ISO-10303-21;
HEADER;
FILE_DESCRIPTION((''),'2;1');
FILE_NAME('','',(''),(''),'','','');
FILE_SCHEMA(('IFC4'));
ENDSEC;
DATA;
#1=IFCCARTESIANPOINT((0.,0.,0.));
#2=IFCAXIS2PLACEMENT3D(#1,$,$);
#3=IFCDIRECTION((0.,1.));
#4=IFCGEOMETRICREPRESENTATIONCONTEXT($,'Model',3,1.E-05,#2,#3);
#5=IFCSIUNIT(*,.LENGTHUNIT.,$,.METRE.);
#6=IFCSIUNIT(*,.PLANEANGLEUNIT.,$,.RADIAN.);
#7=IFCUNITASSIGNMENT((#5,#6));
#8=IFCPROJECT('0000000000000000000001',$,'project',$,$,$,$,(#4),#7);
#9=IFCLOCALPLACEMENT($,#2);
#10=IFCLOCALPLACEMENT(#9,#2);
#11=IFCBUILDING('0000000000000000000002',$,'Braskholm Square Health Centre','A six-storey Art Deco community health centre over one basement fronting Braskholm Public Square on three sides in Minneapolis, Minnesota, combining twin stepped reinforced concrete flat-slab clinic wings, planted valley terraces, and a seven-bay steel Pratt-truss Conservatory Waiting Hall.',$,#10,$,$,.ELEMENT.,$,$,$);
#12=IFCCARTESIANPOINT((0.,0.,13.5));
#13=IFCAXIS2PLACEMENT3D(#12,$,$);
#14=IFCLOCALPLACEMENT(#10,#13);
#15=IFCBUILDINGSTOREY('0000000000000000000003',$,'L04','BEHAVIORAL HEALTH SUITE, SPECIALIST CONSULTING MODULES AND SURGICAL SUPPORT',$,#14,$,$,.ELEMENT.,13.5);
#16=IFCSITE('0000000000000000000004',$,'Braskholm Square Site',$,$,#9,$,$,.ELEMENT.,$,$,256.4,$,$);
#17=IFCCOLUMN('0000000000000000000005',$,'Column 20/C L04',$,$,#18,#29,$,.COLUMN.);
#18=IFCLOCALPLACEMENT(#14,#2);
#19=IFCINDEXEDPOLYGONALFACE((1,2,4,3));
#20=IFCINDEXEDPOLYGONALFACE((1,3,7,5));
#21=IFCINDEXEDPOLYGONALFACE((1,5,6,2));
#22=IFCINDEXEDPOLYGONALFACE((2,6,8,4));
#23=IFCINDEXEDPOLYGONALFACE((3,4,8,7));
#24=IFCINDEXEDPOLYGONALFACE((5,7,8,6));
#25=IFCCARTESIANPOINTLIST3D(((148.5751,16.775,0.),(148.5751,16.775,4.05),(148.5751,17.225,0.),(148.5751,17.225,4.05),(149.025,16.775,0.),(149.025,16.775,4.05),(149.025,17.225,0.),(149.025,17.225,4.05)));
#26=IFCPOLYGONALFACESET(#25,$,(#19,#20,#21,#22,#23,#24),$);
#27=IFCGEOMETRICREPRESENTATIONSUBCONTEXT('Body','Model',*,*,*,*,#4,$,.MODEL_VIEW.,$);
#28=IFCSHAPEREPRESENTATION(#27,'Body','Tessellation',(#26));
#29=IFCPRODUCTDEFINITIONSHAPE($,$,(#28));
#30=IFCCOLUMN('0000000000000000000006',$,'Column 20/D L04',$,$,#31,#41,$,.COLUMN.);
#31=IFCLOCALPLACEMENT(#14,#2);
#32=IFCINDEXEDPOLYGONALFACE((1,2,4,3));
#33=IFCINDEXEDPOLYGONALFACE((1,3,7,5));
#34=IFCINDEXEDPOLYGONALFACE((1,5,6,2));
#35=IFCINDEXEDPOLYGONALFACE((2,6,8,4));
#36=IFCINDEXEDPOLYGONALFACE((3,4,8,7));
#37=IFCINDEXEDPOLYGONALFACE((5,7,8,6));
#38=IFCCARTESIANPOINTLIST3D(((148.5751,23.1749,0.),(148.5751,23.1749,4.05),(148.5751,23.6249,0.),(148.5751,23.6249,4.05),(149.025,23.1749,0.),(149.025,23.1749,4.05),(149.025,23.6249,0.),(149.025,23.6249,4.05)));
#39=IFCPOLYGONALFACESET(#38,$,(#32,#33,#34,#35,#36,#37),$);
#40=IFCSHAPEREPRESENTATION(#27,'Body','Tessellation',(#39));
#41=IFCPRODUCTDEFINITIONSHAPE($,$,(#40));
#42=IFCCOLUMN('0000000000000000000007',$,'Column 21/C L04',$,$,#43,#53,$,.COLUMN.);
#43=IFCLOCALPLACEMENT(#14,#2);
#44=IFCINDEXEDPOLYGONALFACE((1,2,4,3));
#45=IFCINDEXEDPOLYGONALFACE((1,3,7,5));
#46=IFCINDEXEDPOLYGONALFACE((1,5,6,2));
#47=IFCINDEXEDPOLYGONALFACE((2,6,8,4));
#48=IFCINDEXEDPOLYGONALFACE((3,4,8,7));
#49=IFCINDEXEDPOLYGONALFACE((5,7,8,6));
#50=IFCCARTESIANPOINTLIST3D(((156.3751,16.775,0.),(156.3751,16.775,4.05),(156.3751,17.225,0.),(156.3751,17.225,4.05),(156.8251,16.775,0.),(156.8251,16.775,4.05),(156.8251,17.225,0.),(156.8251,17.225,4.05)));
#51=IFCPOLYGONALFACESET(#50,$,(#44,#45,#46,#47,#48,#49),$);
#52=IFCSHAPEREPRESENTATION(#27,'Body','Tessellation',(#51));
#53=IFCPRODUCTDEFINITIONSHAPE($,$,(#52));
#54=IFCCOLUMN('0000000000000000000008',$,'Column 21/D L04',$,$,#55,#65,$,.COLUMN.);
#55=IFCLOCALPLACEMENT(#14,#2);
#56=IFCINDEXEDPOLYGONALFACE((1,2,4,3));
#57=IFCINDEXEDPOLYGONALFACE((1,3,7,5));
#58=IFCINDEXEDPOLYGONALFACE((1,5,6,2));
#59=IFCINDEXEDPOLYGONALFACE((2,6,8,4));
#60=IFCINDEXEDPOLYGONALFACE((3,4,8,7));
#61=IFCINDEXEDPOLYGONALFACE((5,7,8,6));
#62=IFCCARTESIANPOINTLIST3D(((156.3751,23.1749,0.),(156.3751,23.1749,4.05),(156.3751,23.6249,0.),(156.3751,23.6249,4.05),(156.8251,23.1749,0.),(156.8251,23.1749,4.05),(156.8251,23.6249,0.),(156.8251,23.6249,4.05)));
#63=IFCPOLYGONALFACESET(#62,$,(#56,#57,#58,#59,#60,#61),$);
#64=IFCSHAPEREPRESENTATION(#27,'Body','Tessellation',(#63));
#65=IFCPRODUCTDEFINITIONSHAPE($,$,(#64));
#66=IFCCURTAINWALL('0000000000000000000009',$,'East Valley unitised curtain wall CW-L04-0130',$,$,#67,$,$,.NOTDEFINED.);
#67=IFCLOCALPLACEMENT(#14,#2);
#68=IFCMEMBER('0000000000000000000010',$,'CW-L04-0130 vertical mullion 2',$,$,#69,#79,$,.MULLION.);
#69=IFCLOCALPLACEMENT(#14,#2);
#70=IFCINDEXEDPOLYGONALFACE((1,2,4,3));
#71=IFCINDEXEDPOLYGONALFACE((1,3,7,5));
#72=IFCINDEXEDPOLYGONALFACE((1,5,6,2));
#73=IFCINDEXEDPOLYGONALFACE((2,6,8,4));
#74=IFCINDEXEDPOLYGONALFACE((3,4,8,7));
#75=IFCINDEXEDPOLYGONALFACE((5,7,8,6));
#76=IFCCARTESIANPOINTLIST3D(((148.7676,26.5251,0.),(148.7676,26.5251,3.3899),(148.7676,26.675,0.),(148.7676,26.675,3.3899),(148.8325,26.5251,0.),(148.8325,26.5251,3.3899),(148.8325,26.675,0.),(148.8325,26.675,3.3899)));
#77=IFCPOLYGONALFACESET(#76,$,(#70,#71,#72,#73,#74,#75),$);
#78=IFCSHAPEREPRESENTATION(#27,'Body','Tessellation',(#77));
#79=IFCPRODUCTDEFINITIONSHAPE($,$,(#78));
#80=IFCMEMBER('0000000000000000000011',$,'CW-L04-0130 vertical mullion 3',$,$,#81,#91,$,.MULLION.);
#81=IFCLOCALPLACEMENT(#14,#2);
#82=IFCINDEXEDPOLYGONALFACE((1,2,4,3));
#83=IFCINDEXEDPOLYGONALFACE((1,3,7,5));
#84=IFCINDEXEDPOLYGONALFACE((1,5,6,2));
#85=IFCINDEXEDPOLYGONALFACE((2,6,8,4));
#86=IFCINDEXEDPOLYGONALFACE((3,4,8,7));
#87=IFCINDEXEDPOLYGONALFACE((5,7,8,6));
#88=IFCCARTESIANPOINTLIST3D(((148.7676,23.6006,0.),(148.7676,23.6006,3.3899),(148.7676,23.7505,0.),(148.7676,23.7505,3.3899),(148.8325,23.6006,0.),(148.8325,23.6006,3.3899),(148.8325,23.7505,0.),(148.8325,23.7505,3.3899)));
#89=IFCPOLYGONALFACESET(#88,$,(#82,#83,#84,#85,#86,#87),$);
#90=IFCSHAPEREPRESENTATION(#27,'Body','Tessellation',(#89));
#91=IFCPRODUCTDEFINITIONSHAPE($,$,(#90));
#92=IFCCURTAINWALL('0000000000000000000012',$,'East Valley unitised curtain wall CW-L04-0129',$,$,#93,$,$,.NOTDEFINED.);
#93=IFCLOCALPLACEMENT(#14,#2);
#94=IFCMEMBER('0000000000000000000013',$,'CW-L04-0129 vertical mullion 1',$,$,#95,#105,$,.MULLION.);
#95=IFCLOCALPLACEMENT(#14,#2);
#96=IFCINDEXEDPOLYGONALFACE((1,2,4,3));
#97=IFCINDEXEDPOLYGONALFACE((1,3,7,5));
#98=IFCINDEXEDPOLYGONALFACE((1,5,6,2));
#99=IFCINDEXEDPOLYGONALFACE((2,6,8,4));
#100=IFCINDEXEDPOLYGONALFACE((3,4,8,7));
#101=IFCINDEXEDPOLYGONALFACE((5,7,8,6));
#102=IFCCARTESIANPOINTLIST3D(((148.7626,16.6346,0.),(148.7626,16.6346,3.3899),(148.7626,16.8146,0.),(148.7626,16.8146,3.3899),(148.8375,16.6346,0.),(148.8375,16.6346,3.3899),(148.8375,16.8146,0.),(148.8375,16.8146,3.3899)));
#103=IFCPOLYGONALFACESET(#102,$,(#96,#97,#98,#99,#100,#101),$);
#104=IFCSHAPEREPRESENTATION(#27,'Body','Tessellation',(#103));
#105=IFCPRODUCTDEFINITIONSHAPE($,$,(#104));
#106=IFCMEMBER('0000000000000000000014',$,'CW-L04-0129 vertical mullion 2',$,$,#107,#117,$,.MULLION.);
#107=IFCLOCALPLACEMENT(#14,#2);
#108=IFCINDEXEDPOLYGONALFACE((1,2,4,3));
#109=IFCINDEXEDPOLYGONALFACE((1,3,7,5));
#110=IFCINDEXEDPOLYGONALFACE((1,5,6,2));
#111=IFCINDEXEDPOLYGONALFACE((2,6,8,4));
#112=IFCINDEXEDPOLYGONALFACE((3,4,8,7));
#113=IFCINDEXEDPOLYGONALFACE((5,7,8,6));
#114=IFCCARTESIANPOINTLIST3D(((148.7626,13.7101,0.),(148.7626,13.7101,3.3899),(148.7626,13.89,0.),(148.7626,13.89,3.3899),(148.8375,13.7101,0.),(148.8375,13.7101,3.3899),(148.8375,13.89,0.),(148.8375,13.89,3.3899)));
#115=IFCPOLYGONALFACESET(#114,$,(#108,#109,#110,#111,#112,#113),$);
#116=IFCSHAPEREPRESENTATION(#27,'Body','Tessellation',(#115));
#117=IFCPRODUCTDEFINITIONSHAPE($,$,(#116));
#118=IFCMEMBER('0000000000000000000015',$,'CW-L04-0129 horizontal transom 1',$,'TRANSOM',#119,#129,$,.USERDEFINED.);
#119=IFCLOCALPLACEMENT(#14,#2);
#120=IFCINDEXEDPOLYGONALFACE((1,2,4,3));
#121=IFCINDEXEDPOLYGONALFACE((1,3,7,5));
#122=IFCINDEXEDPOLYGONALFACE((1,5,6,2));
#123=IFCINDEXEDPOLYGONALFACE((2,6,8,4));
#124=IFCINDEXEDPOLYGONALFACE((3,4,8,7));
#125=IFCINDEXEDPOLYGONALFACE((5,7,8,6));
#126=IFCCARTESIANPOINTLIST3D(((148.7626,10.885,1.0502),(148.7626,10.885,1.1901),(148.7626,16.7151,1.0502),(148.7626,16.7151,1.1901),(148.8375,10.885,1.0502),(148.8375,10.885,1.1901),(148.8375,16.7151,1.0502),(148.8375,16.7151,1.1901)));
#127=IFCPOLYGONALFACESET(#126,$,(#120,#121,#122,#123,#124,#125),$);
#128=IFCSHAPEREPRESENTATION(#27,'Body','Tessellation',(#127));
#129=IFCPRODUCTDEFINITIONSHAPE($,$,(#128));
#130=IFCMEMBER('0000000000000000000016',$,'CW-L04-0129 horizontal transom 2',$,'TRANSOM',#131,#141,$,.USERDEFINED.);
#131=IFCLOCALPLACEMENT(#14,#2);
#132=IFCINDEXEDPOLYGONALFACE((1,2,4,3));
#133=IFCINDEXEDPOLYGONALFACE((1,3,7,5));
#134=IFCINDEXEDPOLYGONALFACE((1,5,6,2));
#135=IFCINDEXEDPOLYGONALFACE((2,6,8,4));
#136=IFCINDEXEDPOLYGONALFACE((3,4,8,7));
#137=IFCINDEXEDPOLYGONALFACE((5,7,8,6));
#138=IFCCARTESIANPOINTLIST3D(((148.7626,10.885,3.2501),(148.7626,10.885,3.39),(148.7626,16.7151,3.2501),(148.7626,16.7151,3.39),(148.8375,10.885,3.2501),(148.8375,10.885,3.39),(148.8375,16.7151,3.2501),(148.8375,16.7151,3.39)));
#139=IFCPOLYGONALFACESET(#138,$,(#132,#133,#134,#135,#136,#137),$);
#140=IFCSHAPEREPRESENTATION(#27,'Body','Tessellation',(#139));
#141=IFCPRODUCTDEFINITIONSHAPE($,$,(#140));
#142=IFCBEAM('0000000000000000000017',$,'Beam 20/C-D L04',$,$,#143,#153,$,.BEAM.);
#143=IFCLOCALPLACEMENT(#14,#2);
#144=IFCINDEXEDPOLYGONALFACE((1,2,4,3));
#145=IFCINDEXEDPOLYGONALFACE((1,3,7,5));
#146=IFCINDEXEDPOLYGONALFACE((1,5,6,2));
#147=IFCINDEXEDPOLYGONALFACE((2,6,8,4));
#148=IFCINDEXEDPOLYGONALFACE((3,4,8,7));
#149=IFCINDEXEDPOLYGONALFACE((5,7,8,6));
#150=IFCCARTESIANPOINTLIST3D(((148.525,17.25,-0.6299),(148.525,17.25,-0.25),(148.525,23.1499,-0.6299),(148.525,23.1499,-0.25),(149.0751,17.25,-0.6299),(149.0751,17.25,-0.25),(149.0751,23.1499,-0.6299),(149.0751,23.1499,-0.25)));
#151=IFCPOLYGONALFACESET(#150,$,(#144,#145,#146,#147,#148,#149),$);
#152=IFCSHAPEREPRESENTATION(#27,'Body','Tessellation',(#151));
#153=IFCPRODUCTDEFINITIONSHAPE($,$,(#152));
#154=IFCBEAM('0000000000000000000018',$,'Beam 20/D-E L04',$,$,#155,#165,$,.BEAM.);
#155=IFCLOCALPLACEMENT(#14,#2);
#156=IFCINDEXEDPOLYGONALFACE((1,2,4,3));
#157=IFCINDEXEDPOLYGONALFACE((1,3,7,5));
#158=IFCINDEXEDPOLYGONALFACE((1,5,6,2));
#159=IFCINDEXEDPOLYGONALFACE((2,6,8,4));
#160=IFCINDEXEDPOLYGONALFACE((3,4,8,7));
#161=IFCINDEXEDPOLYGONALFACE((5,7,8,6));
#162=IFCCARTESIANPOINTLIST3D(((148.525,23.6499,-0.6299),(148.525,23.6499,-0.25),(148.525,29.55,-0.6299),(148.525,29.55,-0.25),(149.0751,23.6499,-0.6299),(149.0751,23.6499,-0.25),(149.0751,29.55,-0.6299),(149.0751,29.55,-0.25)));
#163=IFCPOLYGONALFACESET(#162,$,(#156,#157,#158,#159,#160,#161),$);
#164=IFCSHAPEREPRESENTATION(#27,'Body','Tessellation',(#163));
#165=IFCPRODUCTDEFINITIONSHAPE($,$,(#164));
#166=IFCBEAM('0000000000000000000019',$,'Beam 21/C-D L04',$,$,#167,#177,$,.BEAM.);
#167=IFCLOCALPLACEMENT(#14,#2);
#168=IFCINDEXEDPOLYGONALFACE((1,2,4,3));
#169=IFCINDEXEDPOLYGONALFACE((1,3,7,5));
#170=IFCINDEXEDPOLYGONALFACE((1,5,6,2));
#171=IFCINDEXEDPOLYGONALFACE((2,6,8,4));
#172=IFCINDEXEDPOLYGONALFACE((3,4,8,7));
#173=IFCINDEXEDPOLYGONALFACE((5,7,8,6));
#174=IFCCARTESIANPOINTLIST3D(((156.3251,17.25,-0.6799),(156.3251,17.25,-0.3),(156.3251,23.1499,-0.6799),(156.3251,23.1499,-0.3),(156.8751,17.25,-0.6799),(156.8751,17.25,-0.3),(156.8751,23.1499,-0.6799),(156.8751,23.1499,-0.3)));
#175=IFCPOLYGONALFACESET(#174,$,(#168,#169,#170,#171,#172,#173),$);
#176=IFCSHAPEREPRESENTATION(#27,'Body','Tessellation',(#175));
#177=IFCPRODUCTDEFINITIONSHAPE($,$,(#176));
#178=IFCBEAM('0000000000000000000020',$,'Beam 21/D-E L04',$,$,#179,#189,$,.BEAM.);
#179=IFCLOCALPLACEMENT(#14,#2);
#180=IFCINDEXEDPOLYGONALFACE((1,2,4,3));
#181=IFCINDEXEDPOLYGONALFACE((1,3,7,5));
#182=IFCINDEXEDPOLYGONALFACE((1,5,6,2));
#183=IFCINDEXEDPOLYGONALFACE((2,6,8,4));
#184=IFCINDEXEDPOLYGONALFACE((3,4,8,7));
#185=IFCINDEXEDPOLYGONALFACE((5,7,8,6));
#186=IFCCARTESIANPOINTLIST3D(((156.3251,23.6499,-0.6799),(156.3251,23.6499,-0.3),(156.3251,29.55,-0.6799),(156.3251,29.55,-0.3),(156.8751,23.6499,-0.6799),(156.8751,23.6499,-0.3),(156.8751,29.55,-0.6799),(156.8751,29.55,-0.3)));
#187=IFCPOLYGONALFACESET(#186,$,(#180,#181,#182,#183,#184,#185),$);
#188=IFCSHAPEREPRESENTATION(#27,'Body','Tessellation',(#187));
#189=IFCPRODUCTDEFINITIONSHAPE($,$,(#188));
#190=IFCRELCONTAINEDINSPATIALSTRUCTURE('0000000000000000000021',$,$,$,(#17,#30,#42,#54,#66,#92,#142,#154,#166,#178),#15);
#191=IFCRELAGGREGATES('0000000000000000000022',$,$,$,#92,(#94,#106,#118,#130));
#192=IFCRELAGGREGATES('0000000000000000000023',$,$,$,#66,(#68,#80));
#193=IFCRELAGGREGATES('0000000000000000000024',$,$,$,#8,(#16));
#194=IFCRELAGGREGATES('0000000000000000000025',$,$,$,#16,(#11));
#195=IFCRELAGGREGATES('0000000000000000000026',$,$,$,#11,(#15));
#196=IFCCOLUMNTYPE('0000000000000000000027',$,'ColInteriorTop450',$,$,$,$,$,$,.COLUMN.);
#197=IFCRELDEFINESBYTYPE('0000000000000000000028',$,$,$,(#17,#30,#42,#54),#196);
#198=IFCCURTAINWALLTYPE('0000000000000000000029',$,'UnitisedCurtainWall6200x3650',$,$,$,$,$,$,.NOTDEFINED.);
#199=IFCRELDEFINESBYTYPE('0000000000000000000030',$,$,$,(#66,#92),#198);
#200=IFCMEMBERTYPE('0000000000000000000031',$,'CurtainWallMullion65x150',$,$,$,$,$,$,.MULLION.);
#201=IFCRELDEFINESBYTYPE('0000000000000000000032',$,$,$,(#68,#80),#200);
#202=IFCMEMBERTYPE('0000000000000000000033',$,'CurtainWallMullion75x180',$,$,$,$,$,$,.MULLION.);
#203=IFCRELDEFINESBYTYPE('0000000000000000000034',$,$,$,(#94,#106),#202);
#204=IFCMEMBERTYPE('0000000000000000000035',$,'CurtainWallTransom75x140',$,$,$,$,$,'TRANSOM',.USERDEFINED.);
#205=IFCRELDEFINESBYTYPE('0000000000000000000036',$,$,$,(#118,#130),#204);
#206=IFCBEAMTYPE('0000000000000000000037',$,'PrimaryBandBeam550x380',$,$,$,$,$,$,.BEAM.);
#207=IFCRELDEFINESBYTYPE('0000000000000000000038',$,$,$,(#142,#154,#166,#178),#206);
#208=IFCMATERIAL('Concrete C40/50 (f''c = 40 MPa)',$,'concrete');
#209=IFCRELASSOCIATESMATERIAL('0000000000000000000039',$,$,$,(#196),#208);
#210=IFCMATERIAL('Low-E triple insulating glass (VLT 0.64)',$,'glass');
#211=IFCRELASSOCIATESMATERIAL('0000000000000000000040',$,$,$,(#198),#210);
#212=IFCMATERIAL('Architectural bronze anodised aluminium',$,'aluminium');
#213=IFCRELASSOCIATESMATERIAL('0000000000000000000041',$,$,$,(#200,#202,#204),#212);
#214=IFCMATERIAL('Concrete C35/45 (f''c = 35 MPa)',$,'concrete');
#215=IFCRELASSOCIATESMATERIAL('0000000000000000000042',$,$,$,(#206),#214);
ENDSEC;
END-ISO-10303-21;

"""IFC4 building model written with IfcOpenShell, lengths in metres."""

from ifc_helpers import new_model, si_unit, direction, frame, origin, origin_2d, place, context, subcontext, project, spatial, rectangle, extrude, material, material_profile, profile_set, type_object, element, aggregate, save


model = new_model("IFC4")

# Units and contexts
model_context = context("Model", 3, precision=1e-05, world=origin(), true_north=direction((0.0, 1.0)))
body_context = subcontext(model_context, "Body", "Model", "MODEL_VIEW")
ifc_project = project(units=[si_unit("LENGTHUNIT", "METRE"), si_unit("PLANEANGLEUNIT", "RADIAN")], contexts=[model_context])

# Site, building, storey
site_placement = place(None, origin())
site = spatial("IfcSite", under=ifc_project, at=site_placement, Name="Braskholm Square Site", CompositionType="ELEMENT", RefElevation=256.4)
building_placement = place(site_placement, origin())
building = spatial("IfcBuilding", under=site, at=building_placement, Name="Braskholm Square Health Centre", Description="A six-storey Art Deco community health centre over one basement fronting Braskholm Public Square on three sides in Minneapolis, Minnesota, combining twin stepped reinforced concrete flat-slab clinic wings, planted valley terraces, and a seven-bay steel Pratt-truss Conservatory Waiting Hall.", CompositionType="ELEMENT")
storey_placement = place(building_placement, frame((0.0, 0.0, 13.5)))
storey = spatial("IfcBuildingStorey", under=building, at=storey_placement, Name="L04", Description="BEHAVIORAL HEALTH SUITE, SPECIALIST CONSULTING MODULES AND SURGICAL SUPPORT", CompositionType="ELEMENT", Elevation=13.5)

# Columns
ifc_material_1 = material(Name="Concrete C40/50 (f'c = 40 MPa)", Category="concrete")
ifc_material_profile_1 = material_profile(ifc_material_1, rectangle(XDim=0.45, YDim=0.45, at=origin_2d()), Name="RC-450X450")
ifc_profile_set_1 = profile_set([ifc_material_profile_1], Name="Concrete C40/50 (f'c = 40 MPa)")
column_type = type_object("IfcColumnType", Name="ColInteriorTop450", PredefinedType="COLUMN", material=ifc_profile_set_1)
for number, where, z_axis, x_axis, name in (
    (1, (148.8, 17.0, 0.0), (0.0, 0.0, 1.0), (1.0, 0.0, 0.0), "Column 20/C L04"),
    (2, (148.8, 23.3999, 0.0), (0.0, 0.0, 1.0), (1.0, 0.0, 0.0), "Column 20/D L04"),
    (3, (156.6001, 17.0, 0.0), (0.0, 0.0, 1.0), (1.0, 0.0, 0.0), "Column 21/C L04"),
    (4, (156.6001, 23.3999, 0.0), (0.0, 0.0, 1.0), (1.0, 0.0, 0.0), "Column 21/D L04"),
):
    element("IfcColumn", number, at=place(storey_placement, frame(where, z_axis=z_axis, x_axis=x_axis)), inside=storey, type_object=column_type, Name=name, PredefinedType="COLUMN", context=body_context, shape_type="SweptSolid", body=[
        extrude(rectangle(XDim=0.45, YDim=0.45, at=origin_2d()), origin(), (0.0, 0.0, 1.0), 4.05),
    ])

# Curtain walls, members
ifc_material_2 = material(Name="Low-E triple insulating glass (VLT 0.64)", Category="glass")
curtain_wall_type = type_object("IfcCurtainWallType", Name="UnitisedCurtainWall6200x3650", PredefinedType="NOTDEFINED", material=ifc_material_2)
curtain_wall_1_placement = place(storey_placement, origin())
curtain_wall_1 = element("IfcCurtainWall", 5, at=curtain_wall_1_placement, inside=storey, type_object=curtain_wall_type, Name="East Valley unitised curtain wall CW-L04-0130", PredefinedType="NOTDEFINED")
ifc_material_3 = material(Name="Architectural bronze anodised aluminium", Category="aluminium")
ifc_material_profile_2 = material_profile(ifc_material_3, rectangle(XDim=0.0649, YDim=0.1499, at=origin_2d()), Name="ALU-65X150")
ifc_profile_set_2 = profile_set([ifc_material_profile_2], Name="Architectural bronze anodised aluminium")
member_type_1 = type_object("IfcMemberType", Name="CurtainWallMullion65x150", PredefinedType="MULLION", material=ifc_profile_set_2)
member_1_placement = place(storey_placement, frame((148.8, 26.6001, 0.0), z_axis=(0.0, 0.0, 1.0), x_axis=(1.0, 0.0, 0.0)))
member_1 = element("IfcMember", 6, at=member_1_placement, type_object=member_type_1, Name="CW-L04-0130 vertical mullion 2", PredefinedType="MULLION", context=body_context, shape_type="SweptSolid", body=[
    extrude(rectangle(XDim=0.0649, YDim=0.1499, at=origin_2d()), origin(), (0.0, 0.0, 1.0), 3.3899),
])
member_2_placement = place(storey_placement, frame((148.8, 23.6755, 0.0), z_axis=(0.0, 0.0, 1.0), x_axis=(1.0, 0.0, 0.0)))
member_2 = element("IfcMember", 7, at=member_2_placement, type_object=member_type_1, Name="CW-L04-0130 vertical mullion 3", PredefinedType="MULLION", context=body_context, shape_type="SweptSolid", body=[
    extrude(rectangle(XDim=0.0649, YDim=0.1499, at=origin_2d()), origin(), (0.0, 0.0, 1.0), 3.3899),
])
curtain_wall_2_placement = place(storey_placement, origin())
curtain_wall_2 = element("IfcCurtainWall", 8, at=curtain_wall_2_placement, inside=storey, type_object=curtain_wall_type, Name="East Valley unitised curtain wall CW-L04-0129", PredefinedType="NOTDEFINED")
ifc_material_profile_3 = material_profile(ifc_material_3, rectangle(XDim=0.075, YDim=0.1799, at=origin_2d()), Name="ALU-75X180")
ifc_profile_set_3 = profile_set([ifc_material_profile_3], Name="Architectural bronze anodised aluminium")
member_type_2 = type_object("IfcMemberType", Name="CurtainWallMullion75x180", PredefinedType="MULLION", material=ifc_profile_set_3)
member_3_placement = place(storey_placement, frame((148.8, 16.7246, 0.0), z_axis=(0.0, 0.0, 1.0), x_axis=(1.0, 0.0, 0.0)))
member_3 = element("IfcMember", 9, at=member_3_placement, type_object=member_type_2, Name="CW-L04-0129 vertical mullion 1", PredefinedType="MULLION", context=body_context, shape_type="SweptSolid", body=[
    extrude(rectangle(XDim=0.075, YDim=0.1799, at=origin_2d()), origin(), (0.0, 0.0, 1.0), 3.3899),
])
member_4_placement = place(storey_placement, frame((148.8, 13.8, 0.0), z_axis=(0.0, 0.0, 1.0), x_axis=(1.0, 0.0, 0.0)))
member_4 = element("IfcMember", 10, at=member_4_placement, type_object=member_type_2, Name="CW-L04-0129 vertical mullion 2", PredefinedType="MULLION", context=body_context, shape_type="SweptSolid", body=[
    extrude(rectangle(XDim=0.075, YDim=0.1799, at=origin_2d()), origin(), (0.0, 0.0, 1.0), 3.3899),
])
ifc_material_profile_4 = material_profile(ifc_material_3, rectangle(XDim=0.075, YDim=0.1399, at=origin_2d()), Name="ALU-75X140")
ifc_profile_set_4 = profile_set([ifc_material_profile_4], Name="Architectural bronze anodised aluminium")
member_type_3 = type_object("IfcMemberType", Name="CurtainWallTransom75x140", ElementType="TRANSOM", PredefinedType="USERDEFINED", material=ifc_profile_set_4)
member_5_placement = place(storey_placement, frame((148.8, 16.7151, 1.1201), z_axis=(0.0, -1.0, 0.0), x_axis=(1.0, 0.0, 0.0)))
member_5 = element("IfcMember", 11, at=member_5_placement, type_object=member_type_3, Name="CW-L04-0129 horizontal transom 1", ObjectType="TRANSOM", PredefinedType="USERDEFINED", context=body_context, shape_type="SweptSolid", body=[
    extrude(rectangle(XDim=0.075, YDim=0.1399, at=origin_2d()), origin(), (0.0, 0.0, 1.0), 5.8301),
])
member_6_placement = place(storey_placement, frame((148.8, 16.7151, 3.3201), z_axis=(0.0, -1.0, 0.0), x_axis=(1.0, 0.0, 0.0)))
member_6 = element("IfcMember", 12, at=member_6_placement, type_object=member_type_3, Name="CW-L04-0129 horizontal transom 2", ObjectType="TRANSOM", PredefinedType="USERDEFINED", context=body_context, shape_type="SweptSolid", body=[
    extrude(rectangle(XDim=0.075, YDim=0.1399, at=origin_2d()), origin(), (0.0, 0.0, 1.0), 5.8301),
])

# Beams
ifc_material_4 = material(Name="Concrete C35/45 (f'c = 35 MPa)", Category="concrete")
ifc_material_profile_5 = material_profile(ifc_material_4, rectangle(XDim=0.55, YDim=0.3799, at=origin_2d()), Name="RCB-550X380")
ifc_profile_set_5 = profile_set([ifc_material_profile_5], Name="Concrete C35/45 (f'c = 35 MPa)")
beam_type_1 = type_object("IfcBeamType", Name="PrimaryBandBeam550x380", PredefinedType="BEAM", material=ifc_profile_set_5)
beam_1_placement = place(storey_placement, frame((148.8, 17.25, -0.4399), z_axis=(0.0, 1.0, 0.0), x_axis=(-1.0, 0.0, 0.0)))
element("IfcBeam", 13, at=beam_1_placement, inside=storey, type_object=beam_type_1, Name="Beam 20/C-D L04", PredefinedType="BEAM", context=body_context, shape_type="SweptSolid", body=[
    extrude(rectangle(XDim=0.55, YDim=0.3799, at=origin_2d()), origin(), (0.0, 0.0, 1.0), 5.8999),
])
beam_2_placement = place(storey_placement, frame((148.8, 23.6499, -0.4399), z_axis=(0.0, 1.0, 0.0), x_axis=(-1.0, 0.0, 0.0)))
element("IfcBeam", 14, at=beam_2_placement, inside=storey, type_object=beam_type_1, Name="Beam 20/D-E L04", PredefinedType="BEAM", context=body_context, shape_type="SweptSolid", body=[
    extrude(rectangle(XDim=0.55, YDim=0.3799, at=origin_2d()), origin(), (0.0, 0.0, 1.0), 5.9001),
])
beam_3_placement = place(storey_placement, frame((156.6001, 17.25, -0.49), z_axis=(0.0, 1.0, 0.0), x_axis=(-1.0, 0.0, 0.0)))
element("IfcBeam", 15, at=beam_3_placement, inside=storey, type_object=beam_type_1, Name="Beam 21/C-D L04", PredefinedType="BEAM", context=body_context, shape_type="SweptSolid", body=[
    extrude(rectangle(XDim=0.55, YDim=0.3799, at=origin_2d()), origin(), (0.0, 0.0, 1.0), 5.8999),
])
beam_4_placement = place(storey_placement, frame((156.6001, 23.6499, -0.49), z_axis=(0.0, 1.0, 0.0), x_axis=(-1.0, 0.0, 0.0)))
element("IfcBeam", 16, at=beam_4_placement, inside=storey, type_object=beam_type_1, Name="Beam 21/D-E L04", PredefinedType="BEAM", context=body_context, shape_type="SweptSolid", body=[
    extrude(rectangle(XDim=0.55, YDim=0.3799, at=origin_2d()), origin(), (0.0, 0.0, 1.0), 5.9001),
])

aggregate(curtain_wall_2, [member_3, member_4, member_5, member_6])
aggregate(curtain_wall_1, [member_1, member_2])

save(model, "model.ifc")
